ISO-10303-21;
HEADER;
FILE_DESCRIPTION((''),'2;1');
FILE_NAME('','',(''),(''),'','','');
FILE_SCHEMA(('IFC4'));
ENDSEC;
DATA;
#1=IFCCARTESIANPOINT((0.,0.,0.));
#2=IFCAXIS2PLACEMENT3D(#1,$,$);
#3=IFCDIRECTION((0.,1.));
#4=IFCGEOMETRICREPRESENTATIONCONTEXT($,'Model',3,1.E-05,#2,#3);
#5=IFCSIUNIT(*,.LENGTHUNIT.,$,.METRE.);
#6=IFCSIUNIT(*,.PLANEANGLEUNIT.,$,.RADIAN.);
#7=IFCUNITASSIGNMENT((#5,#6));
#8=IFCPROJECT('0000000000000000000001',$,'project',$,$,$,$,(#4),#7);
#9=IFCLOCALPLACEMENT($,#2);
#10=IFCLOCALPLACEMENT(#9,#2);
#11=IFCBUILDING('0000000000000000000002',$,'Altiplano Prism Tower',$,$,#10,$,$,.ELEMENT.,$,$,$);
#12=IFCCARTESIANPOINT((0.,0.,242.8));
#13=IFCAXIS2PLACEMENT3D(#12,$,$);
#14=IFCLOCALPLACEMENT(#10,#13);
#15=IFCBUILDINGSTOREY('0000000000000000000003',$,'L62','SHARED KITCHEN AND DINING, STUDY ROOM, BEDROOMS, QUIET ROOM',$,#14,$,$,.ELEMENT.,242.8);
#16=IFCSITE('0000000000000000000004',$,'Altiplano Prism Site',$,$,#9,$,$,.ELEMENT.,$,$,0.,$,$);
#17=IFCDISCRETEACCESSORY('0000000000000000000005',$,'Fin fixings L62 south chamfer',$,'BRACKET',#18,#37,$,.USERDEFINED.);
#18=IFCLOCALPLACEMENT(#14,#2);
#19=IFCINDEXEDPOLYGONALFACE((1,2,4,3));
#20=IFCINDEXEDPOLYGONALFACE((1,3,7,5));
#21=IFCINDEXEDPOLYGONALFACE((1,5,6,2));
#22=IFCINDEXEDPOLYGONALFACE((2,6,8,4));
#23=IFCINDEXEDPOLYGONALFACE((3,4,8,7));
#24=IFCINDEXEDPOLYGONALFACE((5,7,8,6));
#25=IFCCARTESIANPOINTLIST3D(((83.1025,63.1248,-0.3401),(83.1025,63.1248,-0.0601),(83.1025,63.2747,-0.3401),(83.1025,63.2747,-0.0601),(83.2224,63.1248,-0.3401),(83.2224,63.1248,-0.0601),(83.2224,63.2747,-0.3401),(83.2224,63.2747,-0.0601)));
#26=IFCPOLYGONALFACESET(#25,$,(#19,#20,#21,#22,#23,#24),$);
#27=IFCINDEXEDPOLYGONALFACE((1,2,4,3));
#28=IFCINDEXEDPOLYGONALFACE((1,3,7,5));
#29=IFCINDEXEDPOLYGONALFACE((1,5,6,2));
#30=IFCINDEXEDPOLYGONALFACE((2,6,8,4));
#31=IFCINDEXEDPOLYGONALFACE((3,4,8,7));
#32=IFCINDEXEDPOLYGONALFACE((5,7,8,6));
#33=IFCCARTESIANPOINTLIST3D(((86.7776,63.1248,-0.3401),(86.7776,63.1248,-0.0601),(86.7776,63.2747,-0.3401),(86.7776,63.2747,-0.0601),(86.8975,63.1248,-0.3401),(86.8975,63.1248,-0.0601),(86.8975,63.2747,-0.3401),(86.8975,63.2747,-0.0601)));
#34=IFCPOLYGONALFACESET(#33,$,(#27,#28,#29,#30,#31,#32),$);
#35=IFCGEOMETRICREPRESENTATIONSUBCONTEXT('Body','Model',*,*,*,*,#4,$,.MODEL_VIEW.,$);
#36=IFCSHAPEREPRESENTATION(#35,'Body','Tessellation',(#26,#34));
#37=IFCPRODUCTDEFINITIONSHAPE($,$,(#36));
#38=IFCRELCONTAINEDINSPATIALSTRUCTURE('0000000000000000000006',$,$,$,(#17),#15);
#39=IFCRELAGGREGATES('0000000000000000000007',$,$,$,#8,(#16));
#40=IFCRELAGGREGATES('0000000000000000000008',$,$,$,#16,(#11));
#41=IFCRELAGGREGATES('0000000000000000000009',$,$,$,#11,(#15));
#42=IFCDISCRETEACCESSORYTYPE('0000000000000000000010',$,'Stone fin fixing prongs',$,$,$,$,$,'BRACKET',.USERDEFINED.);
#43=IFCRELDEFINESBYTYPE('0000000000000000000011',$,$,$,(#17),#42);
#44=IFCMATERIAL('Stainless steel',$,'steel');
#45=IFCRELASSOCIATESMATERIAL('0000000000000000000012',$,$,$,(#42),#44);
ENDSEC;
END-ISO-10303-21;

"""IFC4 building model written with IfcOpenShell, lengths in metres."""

from ifc_helpers import new_model, si_unit, direction, frame, origin, place, context, subcontext, project, spatial, polyline, outline, extrude, source, transform, mapped, material, type_object, element, save


model = new_model("IFC4")

# Units and contexts
model_context = context("Model", 3, precision=1e-05, world=origin(), true_north=direction((0.0, 1.0)))
body_context = subcontext(model_context, "Body", "Model", "MODEL_VIEW")
ifc_project = project(units=[si_unit("LENGTHUNIT", "METRE"), si_unit("PLANEANGLEUNIT", "RADIAN")], contexts=[model_context])

# Site, building, storey
site_placement = place(None, origin())
site = spatial("IfcSite", under=ifc_project, at=site_placement, Name="Altiplano Prism Site", CompositionType="ELEMENT", RefElevation=0.0)
building_placement = place(site_placement, origin())
building = spatial("IfcBuilding", under=site, at=building_placement, Name="Altiplano Prism Tower", CompositionType="ELEMENT")
storey_placement = place(building_placement, frame((0.0, 0.0, 242.8)))
storey = spatial("IfcBuildingStorey", under=building, at=storey_placement, Name="L62", Description="SHARED KITCHEN AND DINING, STUDY ROOM, BEDROOMS, QUIET ROOM", CompositionType="ELEMENT", Elevation=242.8)

# Discrete accessory
ifc_material_1 = material(Name="Stainless steel", Category="steel")
discrete_accessory_type = type_object("IfcDiscreteAccessoryType", Name="Stone fin fixing prongs", ElementType="BRACKET", PredefinedType="USERDEFINED", material=ifc_material_1)
shared_shape_1 = source(origin(), body_context, "Body", "SweptSolid", [
    extrude(outline(polyline([(-1.8975, 0.0601), (-1.7776, 0.0601), (-1.7776, 0.3401), (-1.8975, 0.3401), (-1.8975, 0.0601)])), frame((0.0, 0.0, 0.0), z_axis=(0.0, -1.0, 0.0), x_axis=(1.0, 0.0, 0.0)), (0.0, 0.0, 1.0), 0.1499),
    extrude(outline(polyline([(1.7776, 0.0601), (1.8975, 0.0601), (1.8975, 0.3401), (1.7776, 0.3401), (1.7776, 0.0601)])), frame((0.0, 0.0, 0.0), z_axis=(0.0, -1.0, 0.0), x_axis=(1.0, 0.0, 0.0)), (0.0, 0.0, 1.0), 0.1499),
])
discrete_accessory_1_placement = place(storey_placement, origin())
element("IfcDiscreteAccessory", 1, at=discrete_accessory_1_placement, inside=storey, type_object=discrete_accessory_type, Name="Fin fixings L62 south chamfer", ObjectType="BRACKET", PredefinedType="USERDEFINED", context=body_context, shape_type="MappedRepresentation", body=[
    mapped(shared_shape_1, transform((85.0, 63.2747, -0.4001), x_axis=(1.0, 0.0, 0.0), y_axis=(0.0, 1.0, 0.0), z_axis=(0.0, 0.0, 1.0))),
])

save(model, "model.ifc")
